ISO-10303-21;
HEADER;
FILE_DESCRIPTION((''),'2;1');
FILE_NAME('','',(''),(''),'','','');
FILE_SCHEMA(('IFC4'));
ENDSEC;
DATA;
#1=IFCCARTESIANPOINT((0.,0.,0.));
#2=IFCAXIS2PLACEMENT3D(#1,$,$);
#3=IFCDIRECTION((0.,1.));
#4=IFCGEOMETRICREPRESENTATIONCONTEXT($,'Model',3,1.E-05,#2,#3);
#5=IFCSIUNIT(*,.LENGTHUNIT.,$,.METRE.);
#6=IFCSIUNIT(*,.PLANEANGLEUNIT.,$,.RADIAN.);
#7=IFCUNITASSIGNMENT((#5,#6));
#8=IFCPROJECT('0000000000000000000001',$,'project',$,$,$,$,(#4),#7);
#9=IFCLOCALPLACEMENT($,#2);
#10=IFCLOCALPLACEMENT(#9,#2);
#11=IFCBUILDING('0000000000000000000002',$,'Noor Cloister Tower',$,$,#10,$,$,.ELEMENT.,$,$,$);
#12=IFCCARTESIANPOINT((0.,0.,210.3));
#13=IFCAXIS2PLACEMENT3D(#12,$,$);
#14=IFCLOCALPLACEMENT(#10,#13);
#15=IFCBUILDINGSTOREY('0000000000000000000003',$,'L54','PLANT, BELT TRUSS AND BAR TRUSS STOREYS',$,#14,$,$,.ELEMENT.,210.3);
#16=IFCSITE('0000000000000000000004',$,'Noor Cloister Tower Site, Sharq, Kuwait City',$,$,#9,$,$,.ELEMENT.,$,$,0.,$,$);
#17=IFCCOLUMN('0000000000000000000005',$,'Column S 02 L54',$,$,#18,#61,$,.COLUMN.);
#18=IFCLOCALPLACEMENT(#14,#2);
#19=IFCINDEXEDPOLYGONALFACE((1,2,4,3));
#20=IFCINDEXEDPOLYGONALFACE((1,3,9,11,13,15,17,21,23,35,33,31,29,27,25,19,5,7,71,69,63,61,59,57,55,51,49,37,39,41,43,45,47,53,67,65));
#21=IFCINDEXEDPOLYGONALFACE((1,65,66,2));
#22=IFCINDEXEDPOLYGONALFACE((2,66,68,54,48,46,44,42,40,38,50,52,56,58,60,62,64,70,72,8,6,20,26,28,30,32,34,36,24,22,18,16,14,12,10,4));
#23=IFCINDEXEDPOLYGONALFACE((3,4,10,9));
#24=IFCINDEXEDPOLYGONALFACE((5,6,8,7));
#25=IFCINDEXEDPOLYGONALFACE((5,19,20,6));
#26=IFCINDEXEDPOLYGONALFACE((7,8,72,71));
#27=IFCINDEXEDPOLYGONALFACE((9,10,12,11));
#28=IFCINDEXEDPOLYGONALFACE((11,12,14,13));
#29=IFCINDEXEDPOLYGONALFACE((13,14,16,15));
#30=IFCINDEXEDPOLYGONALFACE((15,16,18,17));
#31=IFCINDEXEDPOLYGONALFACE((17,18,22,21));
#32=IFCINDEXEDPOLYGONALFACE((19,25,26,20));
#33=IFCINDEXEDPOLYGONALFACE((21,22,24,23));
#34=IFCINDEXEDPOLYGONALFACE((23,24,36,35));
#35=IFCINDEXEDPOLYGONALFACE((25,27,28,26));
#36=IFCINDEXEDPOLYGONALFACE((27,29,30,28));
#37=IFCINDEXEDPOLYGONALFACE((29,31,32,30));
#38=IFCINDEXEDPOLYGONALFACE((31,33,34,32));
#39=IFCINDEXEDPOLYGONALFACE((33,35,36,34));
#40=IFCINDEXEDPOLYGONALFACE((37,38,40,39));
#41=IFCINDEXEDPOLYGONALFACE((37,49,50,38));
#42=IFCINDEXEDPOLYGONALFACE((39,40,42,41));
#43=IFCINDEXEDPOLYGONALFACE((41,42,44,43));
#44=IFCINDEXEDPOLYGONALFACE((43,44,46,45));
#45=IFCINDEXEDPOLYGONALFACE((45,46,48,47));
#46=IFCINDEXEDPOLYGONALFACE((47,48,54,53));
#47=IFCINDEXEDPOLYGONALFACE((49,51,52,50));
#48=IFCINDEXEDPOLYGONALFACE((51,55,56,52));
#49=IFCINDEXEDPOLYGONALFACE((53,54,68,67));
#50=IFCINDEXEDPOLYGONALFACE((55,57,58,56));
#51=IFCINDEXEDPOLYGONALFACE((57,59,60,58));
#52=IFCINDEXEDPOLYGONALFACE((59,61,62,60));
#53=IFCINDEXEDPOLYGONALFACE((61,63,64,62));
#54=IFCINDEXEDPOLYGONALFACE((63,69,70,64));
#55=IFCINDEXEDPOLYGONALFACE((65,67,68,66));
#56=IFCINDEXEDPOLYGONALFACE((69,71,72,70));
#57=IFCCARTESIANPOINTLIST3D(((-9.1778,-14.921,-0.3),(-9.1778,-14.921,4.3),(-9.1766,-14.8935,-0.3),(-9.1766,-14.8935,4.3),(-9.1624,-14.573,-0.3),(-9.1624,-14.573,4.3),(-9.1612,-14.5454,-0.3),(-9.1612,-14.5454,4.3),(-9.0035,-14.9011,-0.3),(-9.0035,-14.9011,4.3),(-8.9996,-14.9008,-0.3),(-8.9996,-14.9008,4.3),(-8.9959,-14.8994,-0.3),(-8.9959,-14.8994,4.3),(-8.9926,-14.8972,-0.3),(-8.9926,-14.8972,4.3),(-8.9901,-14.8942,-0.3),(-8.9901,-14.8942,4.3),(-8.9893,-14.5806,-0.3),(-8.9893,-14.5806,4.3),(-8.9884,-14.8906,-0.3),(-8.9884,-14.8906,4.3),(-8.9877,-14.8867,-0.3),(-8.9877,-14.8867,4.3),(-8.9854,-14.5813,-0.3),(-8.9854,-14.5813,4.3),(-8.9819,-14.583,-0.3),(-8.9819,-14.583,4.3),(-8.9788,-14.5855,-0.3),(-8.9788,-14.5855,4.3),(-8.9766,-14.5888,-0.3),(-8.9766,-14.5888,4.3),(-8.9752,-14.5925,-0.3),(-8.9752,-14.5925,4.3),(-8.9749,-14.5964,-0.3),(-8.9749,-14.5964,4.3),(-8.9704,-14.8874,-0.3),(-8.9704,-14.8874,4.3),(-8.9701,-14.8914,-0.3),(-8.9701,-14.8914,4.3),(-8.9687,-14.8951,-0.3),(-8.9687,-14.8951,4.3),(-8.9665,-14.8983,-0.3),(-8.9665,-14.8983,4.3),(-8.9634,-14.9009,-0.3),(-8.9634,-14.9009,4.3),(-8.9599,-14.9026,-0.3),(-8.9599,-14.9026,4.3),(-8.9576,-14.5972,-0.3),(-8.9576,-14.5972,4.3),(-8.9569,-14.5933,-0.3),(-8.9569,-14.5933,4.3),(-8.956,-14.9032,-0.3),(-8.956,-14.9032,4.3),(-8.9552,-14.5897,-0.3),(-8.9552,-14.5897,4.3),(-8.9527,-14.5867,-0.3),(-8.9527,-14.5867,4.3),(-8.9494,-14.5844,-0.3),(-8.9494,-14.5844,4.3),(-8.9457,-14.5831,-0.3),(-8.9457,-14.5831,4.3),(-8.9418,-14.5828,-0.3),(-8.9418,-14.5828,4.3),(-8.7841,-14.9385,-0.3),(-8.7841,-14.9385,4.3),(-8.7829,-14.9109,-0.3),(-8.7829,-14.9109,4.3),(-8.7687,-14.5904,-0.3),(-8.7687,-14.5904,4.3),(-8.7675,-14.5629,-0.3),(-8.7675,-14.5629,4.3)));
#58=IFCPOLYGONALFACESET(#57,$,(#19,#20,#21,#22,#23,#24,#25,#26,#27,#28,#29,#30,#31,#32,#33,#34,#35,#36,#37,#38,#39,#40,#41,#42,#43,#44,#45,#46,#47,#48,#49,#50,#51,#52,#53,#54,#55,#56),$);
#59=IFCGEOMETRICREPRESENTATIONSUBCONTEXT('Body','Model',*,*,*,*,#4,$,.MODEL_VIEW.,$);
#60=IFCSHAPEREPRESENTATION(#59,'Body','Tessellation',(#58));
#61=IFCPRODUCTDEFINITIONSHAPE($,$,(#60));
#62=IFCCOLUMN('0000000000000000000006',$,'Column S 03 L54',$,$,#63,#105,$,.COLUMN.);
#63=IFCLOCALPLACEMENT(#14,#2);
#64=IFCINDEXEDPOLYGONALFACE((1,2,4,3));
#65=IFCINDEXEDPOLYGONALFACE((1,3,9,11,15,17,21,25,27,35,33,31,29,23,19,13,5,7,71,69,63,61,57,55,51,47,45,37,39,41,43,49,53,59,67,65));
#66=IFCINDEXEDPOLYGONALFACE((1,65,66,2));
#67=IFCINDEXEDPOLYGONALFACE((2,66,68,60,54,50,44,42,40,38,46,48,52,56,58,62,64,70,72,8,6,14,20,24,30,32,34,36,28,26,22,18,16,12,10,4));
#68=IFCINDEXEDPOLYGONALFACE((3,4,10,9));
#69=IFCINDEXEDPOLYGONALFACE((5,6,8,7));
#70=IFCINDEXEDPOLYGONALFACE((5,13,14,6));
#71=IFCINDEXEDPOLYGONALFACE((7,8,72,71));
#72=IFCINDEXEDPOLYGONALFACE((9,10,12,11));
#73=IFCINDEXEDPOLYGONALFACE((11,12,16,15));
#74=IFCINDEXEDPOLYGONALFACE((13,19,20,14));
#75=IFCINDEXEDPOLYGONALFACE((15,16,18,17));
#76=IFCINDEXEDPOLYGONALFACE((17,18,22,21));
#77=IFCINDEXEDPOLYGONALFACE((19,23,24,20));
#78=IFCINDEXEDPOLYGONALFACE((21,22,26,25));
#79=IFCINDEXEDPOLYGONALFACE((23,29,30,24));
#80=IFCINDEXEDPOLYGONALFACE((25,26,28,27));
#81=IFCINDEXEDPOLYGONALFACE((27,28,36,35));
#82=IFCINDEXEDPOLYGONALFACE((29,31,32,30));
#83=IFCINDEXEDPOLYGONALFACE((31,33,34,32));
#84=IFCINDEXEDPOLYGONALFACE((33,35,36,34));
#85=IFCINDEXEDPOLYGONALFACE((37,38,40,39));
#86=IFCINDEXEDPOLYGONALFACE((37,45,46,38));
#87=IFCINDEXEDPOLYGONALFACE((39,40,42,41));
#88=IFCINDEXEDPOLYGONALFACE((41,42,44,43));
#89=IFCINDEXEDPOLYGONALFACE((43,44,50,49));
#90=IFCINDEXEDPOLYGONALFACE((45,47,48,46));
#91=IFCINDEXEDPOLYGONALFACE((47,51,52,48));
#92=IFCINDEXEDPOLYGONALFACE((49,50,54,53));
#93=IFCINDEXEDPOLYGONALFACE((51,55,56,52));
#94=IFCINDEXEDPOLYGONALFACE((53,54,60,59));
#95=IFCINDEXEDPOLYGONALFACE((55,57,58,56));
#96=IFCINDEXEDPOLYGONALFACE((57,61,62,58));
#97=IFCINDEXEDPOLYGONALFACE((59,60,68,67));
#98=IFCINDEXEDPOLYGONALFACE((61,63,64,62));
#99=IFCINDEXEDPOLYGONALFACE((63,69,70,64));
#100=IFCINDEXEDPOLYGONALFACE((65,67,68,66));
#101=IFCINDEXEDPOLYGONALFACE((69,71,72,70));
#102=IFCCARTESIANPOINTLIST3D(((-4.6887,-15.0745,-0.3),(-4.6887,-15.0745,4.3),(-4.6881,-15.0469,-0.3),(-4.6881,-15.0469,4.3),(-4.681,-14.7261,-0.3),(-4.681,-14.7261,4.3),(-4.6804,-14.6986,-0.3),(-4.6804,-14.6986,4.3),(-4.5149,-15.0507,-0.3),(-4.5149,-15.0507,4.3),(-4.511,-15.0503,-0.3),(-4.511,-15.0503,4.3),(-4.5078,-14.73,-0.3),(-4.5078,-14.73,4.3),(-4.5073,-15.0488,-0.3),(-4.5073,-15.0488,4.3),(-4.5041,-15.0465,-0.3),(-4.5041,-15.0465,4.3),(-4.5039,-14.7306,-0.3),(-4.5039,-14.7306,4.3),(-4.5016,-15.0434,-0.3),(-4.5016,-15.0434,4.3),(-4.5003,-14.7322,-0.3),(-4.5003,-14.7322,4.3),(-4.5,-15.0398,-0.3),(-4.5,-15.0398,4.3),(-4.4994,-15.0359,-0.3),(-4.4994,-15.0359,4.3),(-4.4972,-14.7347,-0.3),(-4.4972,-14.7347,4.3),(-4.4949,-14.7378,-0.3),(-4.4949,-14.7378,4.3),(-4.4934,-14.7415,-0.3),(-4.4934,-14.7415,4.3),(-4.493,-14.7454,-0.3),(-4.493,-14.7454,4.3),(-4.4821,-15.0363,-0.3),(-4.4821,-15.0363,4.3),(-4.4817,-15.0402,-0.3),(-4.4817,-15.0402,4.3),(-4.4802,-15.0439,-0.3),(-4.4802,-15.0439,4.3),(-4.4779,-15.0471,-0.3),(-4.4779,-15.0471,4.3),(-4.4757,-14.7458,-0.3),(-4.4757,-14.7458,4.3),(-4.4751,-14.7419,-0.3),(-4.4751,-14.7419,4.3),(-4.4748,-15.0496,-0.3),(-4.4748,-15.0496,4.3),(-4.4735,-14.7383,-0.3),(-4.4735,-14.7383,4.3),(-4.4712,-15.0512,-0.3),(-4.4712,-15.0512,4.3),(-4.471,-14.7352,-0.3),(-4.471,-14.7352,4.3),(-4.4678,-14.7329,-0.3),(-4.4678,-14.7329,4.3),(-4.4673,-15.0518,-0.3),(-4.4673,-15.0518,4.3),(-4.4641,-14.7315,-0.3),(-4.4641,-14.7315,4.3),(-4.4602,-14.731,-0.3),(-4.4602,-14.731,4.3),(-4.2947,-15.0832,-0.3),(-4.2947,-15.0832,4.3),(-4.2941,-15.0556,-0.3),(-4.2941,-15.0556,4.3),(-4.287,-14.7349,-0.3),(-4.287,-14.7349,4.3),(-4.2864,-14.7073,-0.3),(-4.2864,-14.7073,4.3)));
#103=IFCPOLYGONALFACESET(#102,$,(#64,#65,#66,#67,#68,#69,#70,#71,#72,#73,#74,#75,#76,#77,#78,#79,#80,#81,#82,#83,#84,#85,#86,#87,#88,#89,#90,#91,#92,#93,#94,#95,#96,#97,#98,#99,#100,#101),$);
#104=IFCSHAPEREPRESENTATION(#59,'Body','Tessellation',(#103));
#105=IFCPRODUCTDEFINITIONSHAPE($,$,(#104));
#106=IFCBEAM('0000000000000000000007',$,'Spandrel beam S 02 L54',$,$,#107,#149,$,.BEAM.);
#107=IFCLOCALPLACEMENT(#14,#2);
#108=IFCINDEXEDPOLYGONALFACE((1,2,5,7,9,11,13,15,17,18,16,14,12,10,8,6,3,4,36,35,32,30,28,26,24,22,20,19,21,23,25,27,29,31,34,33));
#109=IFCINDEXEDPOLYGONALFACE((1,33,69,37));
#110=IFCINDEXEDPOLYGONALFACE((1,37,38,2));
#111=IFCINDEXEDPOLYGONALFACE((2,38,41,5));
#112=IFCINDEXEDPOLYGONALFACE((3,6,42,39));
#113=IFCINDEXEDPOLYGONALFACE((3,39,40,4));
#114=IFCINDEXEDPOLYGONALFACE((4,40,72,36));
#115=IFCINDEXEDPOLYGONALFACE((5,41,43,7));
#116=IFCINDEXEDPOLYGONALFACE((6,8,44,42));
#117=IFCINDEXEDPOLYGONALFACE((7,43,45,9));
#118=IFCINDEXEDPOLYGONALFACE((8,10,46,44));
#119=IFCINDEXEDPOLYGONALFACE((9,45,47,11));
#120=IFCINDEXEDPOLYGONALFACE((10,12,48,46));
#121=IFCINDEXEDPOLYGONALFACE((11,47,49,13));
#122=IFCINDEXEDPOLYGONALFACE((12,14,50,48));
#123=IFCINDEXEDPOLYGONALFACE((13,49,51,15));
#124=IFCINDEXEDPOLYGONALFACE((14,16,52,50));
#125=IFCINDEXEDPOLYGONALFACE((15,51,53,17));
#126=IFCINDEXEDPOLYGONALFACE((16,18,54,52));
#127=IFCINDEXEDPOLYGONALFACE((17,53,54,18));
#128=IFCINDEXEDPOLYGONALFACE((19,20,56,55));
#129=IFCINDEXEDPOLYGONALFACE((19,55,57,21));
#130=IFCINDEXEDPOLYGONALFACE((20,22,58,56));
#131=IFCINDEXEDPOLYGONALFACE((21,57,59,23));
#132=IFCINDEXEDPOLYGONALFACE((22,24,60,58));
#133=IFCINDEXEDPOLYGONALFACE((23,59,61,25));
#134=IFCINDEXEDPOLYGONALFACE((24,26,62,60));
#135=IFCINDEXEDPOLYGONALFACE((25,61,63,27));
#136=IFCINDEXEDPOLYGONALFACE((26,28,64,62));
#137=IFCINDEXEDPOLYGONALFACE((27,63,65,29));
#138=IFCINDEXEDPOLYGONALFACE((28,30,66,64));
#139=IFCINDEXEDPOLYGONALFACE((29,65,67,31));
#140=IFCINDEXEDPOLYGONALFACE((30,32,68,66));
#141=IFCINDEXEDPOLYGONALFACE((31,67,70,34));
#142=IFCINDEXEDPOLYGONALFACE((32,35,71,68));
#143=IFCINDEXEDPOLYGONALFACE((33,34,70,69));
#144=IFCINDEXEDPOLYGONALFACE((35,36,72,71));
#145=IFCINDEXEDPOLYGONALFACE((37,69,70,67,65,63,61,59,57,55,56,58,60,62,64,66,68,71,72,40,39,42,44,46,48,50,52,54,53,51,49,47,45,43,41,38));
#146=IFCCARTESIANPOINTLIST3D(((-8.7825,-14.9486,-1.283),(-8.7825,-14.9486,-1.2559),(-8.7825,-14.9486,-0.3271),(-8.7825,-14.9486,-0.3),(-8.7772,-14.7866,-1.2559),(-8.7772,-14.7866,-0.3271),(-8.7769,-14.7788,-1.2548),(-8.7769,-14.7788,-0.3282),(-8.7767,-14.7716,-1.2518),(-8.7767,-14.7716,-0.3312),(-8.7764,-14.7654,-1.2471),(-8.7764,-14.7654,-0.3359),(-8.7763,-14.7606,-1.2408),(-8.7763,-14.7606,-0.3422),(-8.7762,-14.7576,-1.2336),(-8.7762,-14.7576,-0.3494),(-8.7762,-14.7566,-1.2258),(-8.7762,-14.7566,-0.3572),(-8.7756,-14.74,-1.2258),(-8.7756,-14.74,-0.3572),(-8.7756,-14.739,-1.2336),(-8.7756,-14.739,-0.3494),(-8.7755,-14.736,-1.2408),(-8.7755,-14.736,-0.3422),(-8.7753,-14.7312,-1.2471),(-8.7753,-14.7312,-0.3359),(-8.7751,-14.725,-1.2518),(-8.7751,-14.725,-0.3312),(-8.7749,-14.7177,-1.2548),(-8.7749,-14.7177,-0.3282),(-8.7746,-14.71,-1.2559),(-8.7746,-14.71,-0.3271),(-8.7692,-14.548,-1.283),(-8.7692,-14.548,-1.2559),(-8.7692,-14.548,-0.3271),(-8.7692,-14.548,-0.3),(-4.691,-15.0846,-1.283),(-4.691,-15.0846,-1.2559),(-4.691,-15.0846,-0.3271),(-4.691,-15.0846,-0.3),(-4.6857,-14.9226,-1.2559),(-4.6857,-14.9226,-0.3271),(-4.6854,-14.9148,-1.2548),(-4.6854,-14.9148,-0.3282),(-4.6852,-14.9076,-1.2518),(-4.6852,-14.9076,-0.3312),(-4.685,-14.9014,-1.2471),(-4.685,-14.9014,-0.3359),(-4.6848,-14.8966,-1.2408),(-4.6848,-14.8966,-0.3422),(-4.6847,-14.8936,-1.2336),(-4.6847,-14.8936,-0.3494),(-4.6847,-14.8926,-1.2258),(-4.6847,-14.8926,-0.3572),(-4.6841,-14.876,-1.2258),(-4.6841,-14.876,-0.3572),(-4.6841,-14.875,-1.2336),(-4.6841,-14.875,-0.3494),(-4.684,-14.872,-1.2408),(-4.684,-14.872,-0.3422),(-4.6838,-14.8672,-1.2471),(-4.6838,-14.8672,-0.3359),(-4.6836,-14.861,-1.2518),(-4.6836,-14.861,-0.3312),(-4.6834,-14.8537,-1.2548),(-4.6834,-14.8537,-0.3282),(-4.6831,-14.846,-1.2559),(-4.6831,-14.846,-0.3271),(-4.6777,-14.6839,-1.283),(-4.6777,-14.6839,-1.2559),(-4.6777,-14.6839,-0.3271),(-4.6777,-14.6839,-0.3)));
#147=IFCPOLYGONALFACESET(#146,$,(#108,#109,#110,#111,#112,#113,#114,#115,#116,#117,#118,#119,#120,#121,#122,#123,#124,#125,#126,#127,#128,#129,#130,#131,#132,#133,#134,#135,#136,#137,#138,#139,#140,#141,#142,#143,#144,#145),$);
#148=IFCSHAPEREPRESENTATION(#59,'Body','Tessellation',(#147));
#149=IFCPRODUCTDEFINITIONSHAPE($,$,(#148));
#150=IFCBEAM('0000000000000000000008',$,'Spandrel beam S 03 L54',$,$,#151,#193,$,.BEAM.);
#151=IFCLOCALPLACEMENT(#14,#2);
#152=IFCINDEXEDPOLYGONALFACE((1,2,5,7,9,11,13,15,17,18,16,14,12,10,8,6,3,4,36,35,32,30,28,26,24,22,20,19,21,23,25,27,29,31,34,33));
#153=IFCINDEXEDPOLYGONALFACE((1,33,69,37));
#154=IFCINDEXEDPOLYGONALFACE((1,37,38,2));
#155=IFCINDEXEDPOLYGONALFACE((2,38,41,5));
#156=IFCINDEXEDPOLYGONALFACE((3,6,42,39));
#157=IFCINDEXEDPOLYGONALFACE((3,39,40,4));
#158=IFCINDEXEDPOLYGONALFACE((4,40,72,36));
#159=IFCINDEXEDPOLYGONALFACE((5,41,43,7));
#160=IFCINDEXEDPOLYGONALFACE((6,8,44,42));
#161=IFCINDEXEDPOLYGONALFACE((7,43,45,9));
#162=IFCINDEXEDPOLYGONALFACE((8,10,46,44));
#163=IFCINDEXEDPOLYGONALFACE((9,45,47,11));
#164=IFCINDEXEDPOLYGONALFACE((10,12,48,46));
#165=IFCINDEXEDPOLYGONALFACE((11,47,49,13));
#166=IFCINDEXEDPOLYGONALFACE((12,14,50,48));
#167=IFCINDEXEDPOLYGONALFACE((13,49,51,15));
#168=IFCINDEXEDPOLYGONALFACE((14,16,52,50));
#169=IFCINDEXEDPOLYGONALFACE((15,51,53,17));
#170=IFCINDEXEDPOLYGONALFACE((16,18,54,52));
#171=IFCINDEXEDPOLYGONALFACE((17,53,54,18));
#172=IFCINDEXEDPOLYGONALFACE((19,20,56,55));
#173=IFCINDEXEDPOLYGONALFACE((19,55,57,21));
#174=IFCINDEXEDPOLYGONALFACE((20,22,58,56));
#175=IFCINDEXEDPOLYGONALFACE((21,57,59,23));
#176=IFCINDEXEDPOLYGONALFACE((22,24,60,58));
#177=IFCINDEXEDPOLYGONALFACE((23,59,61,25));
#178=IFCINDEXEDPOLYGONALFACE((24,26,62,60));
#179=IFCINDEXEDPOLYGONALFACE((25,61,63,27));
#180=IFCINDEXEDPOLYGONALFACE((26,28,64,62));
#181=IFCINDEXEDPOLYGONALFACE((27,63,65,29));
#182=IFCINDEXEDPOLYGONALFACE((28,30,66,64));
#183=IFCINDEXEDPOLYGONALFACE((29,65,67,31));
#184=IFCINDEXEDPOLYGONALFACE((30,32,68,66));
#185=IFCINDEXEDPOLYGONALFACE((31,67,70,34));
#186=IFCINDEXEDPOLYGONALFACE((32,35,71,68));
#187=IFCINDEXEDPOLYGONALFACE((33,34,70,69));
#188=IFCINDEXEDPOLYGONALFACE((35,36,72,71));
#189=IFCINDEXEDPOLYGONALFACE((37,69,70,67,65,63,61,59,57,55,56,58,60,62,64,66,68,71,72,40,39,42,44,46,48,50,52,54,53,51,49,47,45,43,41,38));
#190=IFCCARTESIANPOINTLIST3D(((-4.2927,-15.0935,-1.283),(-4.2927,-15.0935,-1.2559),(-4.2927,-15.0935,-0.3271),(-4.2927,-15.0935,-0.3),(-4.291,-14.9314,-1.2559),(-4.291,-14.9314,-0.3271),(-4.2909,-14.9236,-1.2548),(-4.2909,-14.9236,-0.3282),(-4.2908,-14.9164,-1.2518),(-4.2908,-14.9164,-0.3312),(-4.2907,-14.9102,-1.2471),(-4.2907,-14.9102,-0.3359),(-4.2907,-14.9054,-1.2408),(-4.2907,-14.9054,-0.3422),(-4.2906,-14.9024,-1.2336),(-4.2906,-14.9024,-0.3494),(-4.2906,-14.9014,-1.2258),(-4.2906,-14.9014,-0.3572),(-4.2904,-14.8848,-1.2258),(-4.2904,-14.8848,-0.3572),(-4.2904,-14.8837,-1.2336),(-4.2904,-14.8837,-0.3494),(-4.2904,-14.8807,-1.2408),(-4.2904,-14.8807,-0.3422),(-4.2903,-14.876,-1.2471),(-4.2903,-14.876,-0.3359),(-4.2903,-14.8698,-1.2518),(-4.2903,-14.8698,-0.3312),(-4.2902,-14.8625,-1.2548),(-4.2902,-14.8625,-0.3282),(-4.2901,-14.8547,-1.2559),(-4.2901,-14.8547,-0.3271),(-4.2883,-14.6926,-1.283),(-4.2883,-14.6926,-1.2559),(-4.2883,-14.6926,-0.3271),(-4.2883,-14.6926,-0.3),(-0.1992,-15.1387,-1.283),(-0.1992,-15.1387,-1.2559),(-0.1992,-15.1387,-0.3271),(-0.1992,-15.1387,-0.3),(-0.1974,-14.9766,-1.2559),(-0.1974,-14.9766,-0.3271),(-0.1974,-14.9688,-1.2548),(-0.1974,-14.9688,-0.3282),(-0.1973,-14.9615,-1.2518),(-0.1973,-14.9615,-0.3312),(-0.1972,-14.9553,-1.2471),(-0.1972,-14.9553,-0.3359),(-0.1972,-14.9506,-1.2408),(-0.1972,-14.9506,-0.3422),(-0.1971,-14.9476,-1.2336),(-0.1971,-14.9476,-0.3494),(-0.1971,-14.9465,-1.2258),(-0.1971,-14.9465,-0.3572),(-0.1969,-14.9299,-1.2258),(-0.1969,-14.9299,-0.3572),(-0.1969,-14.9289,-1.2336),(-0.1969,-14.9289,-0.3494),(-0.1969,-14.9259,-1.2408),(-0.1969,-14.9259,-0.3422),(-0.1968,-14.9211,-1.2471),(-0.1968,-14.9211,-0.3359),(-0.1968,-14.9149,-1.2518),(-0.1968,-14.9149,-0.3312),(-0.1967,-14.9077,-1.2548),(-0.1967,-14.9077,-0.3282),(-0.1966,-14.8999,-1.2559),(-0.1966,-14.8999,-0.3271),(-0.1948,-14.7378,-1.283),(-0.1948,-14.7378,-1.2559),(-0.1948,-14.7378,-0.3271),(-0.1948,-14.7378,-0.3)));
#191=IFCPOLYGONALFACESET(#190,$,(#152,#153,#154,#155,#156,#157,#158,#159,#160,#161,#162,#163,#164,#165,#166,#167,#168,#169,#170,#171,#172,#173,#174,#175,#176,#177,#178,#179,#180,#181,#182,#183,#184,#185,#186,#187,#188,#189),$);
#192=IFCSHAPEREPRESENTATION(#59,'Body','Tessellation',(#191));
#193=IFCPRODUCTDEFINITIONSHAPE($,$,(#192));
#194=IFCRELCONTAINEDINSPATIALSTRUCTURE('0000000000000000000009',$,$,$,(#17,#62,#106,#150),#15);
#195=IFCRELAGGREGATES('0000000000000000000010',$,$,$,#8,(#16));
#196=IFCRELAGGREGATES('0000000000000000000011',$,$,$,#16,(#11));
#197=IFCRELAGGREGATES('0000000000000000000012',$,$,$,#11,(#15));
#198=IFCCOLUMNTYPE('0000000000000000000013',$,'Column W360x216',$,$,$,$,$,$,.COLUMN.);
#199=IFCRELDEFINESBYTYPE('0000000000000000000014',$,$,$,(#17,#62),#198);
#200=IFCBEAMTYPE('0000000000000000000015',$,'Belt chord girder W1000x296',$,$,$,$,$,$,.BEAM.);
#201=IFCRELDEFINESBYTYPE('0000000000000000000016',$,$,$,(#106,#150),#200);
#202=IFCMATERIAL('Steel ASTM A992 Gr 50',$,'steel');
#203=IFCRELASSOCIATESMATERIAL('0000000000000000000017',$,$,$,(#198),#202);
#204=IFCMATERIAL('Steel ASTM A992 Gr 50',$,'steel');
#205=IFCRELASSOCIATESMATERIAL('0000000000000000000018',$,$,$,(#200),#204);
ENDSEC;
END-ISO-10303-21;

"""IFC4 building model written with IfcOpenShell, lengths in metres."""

from ifc_helpers import new_model, si_unit, direction, frame, origin, origin_2d, place, context, subcontext, project, spatial, i_section, extrude, material, material_profile, profile_set, type_object, element, save


model = new_model("IFC4")

# Units and contexts
model_context = context("Model", 3, precision=1e-05, world=origin(), true_north=direction((0.0, 1.0)))
body_context = subcontext(model_context, "Body", "Model", "MODEL_VIEW")
ifc_project = project(units=[si_unit("LENGTHUNIT", "METRE"), si_unit("PLANEANGLEUNIT", "RADIAN")], contexts=[model_context])

# Site, building, storey
site_placement = place(None, origin())
site = spatial("IfcSite", under=ifc_project, at=site_placement, Name="Noor Cloister Tower Site, Sharq, Kuwait City", CompositionType="ELEMENT", RefElevation=0.0)
building_placement = place(site_placement, origin())
building = spatial("IfcBuilding", under=site, at=building_placement, Name="Noor Cloister Tower", CompositionType="ELEMENT")
storey_placement = place(building_placement, frame((0.0, 0.0, 210.3)))
storey = spatial("IfcBuildingStorey", under=building, at=storey_placement, Name="L54", Description="PLANT, BELT TRUSS AND BAR TRUSS STOREYS", CompositionType="ELEMENT", Elevation=210.3)

# Columns
ifc_material_1 = material(Name="Steel ASTM A992 Gr 50", Category="steel")
ifc_material_profile_1 = material_profile(ifc_material_1, i_section(OverallWidth=0.394, OverallDepth=0.376, WebThickness=0.0173, FlangeThickness=0.0276, FilletRadius=0.0151, at=origin_2d()), Name="W360x216")
ifc_profile_set_1 = profile_set([ifc_material_profile_1], Name="Steel ASTM A992 Gr 50")
column_type = type_object("IfcColumnType", Name="Column W360x216", PredefinedType="COLUMN", material=ifc_profile_set_1)
for number, where, z_axis, x_axis, name in (
    (1, (-8.9727, -14.7419, -0.3), (0.0, 0.0, 1.0), (0.99902, -0.044252, 0.0), "Column S 02 L54"),
    (2, (-4.4875, -14.8909, -0.3), (0.0, 0.0, 1.0), (0.999755, -0.022132, 0.0), "Column S 03 L54"),
):
    element("IfcColumn", number, at=place(storey_placement, frame(where, z_axis=z_axis, x_axis=x_axis)), inside=storey, type_object=column_type, Name=name, PredefinedType="COLUMN", context=body_context, shape_type="SweptSolid", body=[
        extrude(i_section(OverallWidth=0.394, OverallDepth=0.376, WebThickness=0.0173, FlangeThickness=0.0276, FilletRadius=0.0151, at=origin_2d()), origin(), (0.0, 0.0, 1.0), 4.6001),
    ])

# Beams
ifc_material_2 = material(Name="Steel ASTM A992 Gr 50", Category="steel")
ifc_material_profile_2 = material_profile(ifc_material_2, i_section(OverallWidth=0.4009, OverallDepth=0.9829, WebThickness=0.0166, FlangeThickness=0.0271, FilletRadius=0.03, at=origin_2d()), Name="W1000x296")
ifc_profile_set_2 = profile_set([ifc_material_profile_2], Name="Steel ASTM A992 Gr 50")
beam_type = type_object("IfcBeamType", Name="Belt chord girder W1000x296", PredefinedType="BEAM", material=ifc_profile_set_2)
for number, where, z_axis, x_axis, name in (
    (3, (-8.7759, -14.7483, -0.7915), (0.999448, -0.033218, 0.0), (0.033218, 0.999448, 0.0), "Spandrel beam S 02 L54"),
    (4, (-4.2905, -14.8931, -0.7915), (0.999939, -0.011033, 0.0), (0.011033, 0.999939, 0.0), "Spandrel beam S 03 L54"),
):
    element("IfcBeam", number, at=place(storey_placement, frame(where, z_axis=z_axis, x_axis=x_axis)), inside=storey, type_object=beam_type, Name=name, PredefinedType="BEAM", context=body_context, shape_type="SweptSolid", body=[
        extrude(i_section(OverallWidth=0.4009, OverallDepth=0.9829, WebThickness=0.0166, FlangeThickness=0.0271, FilletRadius=0.03, at=origin_2d()), origin(), (0.0, 0.0, 1.0), 4.0938),
    ])

save(model, "model.ifc")
